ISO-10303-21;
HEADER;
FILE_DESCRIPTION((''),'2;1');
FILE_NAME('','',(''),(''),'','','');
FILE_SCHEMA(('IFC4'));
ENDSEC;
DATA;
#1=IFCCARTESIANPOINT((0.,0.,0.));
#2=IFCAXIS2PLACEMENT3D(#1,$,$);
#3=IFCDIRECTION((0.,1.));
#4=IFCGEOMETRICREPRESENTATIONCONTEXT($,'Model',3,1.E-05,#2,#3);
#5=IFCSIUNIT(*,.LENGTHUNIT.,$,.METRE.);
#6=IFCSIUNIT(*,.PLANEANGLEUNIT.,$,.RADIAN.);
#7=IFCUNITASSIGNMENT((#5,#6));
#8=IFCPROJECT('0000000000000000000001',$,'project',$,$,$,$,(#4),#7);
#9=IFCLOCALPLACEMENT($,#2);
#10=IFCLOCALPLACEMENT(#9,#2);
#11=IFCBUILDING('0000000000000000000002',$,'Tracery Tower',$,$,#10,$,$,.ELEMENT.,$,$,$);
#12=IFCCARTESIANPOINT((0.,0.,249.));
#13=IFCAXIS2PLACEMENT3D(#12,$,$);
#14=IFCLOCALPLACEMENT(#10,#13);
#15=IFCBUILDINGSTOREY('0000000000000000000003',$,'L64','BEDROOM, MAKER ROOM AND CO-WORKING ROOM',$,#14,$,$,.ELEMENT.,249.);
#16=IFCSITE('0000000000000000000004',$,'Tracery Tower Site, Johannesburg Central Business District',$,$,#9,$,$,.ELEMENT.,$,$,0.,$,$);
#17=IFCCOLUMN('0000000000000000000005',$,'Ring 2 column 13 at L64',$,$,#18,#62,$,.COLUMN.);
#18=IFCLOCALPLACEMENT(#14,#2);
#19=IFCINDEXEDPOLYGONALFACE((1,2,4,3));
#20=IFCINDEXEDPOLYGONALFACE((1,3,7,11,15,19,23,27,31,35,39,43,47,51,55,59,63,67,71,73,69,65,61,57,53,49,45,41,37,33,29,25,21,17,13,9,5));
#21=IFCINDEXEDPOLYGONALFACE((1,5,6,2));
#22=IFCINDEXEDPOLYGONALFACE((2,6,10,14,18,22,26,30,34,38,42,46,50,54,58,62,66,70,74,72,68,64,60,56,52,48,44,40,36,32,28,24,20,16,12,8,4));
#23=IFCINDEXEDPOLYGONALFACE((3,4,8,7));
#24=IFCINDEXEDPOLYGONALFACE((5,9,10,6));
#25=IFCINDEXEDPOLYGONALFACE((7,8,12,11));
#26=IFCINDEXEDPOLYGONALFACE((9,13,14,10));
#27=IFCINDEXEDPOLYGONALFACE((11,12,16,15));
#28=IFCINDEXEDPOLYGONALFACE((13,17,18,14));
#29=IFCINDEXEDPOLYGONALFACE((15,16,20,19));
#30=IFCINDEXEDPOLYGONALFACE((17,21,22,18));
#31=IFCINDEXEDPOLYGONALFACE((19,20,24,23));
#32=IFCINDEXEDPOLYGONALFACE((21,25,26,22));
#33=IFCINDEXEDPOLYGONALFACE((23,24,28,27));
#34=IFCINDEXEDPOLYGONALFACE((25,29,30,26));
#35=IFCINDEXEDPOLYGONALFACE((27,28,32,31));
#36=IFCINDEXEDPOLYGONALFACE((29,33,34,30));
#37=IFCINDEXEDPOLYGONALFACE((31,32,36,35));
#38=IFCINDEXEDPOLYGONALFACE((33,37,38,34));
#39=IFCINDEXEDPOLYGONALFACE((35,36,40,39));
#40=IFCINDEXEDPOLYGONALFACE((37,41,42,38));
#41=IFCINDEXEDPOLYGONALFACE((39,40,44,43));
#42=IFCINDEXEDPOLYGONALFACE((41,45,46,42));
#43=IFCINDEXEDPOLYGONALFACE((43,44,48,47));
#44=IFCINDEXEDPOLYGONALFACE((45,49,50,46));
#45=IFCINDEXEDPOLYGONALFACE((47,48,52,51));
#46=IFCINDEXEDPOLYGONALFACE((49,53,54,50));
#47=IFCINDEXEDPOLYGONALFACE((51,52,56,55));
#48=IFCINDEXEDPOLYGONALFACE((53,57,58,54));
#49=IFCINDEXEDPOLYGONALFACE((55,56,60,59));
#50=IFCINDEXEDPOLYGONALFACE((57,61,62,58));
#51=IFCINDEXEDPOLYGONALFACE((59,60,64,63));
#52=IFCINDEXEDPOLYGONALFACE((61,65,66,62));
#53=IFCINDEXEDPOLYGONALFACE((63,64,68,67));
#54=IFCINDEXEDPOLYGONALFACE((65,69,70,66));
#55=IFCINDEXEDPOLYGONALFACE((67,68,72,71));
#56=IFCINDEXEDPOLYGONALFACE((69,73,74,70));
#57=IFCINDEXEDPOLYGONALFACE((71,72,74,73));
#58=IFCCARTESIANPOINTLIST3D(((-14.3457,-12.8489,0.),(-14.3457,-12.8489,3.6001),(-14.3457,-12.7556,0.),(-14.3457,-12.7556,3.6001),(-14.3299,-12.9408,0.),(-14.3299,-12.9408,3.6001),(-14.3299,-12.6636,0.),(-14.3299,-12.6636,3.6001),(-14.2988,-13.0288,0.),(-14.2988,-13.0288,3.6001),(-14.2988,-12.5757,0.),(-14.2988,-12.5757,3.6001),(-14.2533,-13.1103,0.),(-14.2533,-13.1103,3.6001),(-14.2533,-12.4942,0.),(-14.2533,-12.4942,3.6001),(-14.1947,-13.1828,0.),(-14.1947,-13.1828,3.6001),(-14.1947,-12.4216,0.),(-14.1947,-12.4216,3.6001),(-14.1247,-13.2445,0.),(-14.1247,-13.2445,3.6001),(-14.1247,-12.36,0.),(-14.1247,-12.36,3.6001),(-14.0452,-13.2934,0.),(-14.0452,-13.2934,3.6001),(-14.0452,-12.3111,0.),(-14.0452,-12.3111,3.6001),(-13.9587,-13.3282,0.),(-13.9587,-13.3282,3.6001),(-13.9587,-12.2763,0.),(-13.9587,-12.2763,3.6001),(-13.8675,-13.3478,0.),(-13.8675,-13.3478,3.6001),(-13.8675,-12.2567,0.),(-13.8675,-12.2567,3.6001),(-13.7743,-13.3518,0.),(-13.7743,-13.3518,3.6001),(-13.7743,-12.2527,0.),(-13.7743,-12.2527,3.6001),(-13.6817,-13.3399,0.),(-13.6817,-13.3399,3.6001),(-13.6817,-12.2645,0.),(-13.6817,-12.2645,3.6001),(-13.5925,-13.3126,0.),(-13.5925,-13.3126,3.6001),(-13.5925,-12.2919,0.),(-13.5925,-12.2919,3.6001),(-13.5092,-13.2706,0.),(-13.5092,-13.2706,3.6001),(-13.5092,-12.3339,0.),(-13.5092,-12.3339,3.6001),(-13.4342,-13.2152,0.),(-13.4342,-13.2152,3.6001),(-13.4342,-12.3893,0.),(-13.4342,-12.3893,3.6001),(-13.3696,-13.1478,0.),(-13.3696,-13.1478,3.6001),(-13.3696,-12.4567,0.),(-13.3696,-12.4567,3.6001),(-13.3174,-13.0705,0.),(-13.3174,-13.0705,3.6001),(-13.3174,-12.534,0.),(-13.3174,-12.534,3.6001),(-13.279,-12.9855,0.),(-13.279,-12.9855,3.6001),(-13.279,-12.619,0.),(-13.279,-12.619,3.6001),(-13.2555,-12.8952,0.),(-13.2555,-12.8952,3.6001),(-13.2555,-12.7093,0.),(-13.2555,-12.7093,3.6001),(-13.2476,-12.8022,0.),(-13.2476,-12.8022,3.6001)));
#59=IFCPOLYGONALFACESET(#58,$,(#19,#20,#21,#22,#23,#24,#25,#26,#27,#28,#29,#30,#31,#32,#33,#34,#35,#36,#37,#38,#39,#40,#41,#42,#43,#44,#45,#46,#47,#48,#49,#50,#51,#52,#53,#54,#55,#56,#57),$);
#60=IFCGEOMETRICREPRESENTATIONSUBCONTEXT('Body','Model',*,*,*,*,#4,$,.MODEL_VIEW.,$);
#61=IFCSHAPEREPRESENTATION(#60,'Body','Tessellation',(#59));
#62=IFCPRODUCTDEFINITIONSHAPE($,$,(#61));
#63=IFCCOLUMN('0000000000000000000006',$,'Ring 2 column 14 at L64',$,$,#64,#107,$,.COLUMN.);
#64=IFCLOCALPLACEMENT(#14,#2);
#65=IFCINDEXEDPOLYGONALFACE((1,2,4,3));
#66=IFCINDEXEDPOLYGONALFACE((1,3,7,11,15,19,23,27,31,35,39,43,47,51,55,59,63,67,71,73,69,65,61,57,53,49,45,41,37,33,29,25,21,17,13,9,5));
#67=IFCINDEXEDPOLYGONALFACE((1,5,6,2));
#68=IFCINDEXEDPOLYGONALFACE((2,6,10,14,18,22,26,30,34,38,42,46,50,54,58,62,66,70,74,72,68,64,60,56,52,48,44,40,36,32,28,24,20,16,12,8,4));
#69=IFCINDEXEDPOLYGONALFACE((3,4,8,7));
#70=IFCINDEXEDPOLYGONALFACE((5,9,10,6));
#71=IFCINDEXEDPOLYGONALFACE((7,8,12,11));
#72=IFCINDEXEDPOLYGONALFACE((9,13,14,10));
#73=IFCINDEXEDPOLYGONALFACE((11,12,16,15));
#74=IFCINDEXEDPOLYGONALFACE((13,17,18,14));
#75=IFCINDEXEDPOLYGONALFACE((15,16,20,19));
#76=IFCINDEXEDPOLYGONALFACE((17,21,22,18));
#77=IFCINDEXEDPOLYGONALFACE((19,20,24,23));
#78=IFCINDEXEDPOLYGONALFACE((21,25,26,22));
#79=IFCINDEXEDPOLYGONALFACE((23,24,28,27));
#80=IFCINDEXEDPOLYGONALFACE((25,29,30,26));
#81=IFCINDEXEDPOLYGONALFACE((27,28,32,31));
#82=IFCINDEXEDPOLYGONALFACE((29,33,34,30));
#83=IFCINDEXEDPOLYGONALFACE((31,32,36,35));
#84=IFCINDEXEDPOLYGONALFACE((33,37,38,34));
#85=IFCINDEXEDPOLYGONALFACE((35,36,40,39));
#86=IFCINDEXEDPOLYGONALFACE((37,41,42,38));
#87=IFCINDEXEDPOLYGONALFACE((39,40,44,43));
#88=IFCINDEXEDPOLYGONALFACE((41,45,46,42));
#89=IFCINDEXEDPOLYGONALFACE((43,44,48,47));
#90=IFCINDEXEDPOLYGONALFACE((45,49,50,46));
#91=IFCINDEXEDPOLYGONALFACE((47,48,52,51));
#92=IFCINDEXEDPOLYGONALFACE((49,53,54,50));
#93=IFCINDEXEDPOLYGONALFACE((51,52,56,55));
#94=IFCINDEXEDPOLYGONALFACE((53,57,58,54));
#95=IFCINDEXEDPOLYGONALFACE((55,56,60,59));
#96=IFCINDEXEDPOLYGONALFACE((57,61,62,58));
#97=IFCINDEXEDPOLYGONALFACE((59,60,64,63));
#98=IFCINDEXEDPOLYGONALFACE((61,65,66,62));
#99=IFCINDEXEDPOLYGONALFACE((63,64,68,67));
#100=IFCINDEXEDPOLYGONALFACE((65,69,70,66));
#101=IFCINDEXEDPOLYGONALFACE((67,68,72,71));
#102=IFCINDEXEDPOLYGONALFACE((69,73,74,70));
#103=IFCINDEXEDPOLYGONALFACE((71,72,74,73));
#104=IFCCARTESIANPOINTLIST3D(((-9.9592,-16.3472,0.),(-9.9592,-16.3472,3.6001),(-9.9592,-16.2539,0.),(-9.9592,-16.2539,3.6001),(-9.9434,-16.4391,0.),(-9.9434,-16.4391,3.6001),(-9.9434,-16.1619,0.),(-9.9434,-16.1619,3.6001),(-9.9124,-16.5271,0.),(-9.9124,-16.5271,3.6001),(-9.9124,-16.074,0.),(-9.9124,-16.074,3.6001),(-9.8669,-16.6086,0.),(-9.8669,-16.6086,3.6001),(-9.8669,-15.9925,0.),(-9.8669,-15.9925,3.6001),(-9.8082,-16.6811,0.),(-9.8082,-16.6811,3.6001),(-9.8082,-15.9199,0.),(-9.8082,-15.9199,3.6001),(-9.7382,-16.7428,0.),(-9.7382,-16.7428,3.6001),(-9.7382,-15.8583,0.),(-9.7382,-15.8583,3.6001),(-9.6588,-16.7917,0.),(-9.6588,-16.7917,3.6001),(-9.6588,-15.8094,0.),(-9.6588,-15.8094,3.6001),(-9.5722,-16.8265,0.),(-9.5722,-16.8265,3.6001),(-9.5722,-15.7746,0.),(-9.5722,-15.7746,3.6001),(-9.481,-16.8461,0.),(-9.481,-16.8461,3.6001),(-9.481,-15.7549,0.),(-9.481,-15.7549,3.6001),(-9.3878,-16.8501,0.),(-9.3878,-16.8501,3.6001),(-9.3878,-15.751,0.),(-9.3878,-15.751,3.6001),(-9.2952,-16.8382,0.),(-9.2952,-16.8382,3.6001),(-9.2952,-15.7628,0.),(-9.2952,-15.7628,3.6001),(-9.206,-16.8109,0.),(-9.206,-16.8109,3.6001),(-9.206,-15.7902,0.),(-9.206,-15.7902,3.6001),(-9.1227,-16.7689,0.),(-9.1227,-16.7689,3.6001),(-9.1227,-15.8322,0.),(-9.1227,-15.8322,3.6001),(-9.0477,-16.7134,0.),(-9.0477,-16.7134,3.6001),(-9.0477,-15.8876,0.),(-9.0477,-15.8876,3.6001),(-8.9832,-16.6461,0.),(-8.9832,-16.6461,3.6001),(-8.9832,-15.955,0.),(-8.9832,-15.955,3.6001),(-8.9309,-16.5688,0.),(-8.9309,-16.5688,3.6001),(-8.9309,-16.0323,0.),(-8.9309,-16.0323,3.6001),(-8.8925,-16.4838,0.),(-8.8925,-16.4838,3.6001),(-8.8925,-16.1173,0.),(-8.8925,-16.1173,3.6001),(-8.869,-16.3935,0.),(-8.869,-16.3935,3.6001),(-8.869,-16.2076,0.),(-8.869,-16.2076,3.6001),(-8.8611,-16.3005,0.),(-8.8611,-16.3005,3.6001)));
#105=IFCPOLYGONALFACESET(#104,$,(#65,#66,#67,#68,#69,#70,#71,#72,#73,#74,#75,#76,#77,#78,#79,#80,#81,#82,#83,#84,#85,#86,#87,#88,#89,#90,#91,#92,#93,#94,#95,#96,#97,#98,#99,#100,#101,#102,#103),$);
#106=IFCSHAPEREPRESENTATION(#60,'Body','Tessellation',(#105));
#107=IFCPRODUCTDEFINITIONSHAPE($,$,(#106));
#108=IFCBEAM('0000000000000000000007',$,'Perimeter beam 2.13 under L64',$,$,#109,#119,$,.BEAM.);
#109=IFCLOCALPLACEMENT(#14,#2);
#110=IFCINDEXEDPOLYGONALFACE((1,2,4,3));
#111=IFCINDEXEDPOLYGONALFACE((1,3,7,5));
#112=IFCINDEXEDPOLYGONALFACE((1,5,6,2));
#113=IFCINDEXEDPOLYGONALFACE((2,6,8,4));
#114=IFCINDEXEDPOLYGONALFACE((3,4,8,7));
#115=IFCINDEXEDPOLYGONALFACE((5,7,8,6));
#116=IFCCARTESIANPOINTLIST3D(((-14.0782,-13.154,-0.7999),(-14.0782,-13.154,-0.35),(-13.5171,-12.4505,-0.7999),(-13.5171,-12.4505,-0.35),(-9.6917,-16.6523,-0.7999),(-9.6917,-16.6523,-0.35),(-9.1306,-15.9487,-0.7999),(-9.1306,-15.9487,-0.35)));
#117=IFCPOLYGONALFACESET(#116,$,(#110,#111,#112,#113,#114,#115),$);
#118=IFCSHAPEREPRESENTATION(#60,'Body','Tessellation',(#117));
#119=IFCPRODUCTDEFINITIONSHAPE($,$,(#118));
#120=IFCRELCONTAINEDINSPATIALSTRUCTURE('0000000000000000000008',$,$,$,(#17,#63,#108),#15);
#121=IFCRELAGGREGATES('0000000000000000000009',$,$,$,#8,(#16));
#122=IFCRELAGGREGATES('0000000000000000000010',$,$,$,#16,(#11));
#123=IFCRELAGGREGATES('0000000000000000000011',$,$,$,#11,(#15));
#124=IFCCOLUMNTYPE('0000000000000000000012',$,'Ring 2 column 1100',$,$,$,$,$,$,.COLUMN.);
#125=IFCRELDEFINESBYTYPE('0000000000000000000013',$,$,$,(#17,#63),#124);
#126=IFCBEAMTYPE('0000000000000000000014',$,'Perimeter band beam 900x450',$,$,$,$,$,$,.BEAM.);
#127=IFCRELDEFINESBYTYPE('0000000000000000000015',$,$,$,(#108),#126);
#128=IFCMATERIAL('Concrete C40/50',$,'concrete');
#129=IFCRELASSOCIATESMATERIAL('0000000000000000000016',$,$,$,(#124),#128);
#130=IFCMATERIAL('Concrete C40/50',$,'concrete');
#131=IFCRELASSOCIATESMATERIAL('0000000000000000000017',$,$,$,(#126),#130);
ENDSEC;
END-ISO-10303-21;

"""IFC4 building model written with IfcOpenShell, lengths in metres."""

from ifc_helpers import new_model, si_unit, direction, frame, origin, origin_2d, place, context, subcontext, project, spatial, rectangle, circle, extrude, material, material_profile, profile_set, type_object, element, save


model = new_model("IFC4")

# Units and contexts
model_context = context("Model", 3, precision=1e-05, world=origin(), true_north=direction((0.0, 1.0)))
body_context = subcontext(model_context, "Body", "Model", "MODEL_VIEW")
ifc_project = project(units=[si_unit("LENGTHUNIT", "METRE"), si_unit("PLANEANGLEUNIT", "RADIAN")], contexts=[model_context])

# Site, building, storey
site_placement = place(None, origin())
site = spatial("IfcSite", under=ifc_project, at=site_placement, Name="Tracery Tower Site, Johannesburg Central Business District", CompositionType="ELEMENT", RefElevation=0.0)
building_placement = place(site_placement, origin())
building = spatial("IfcBuilding", under=site, at=building_placement, Name="Tracery Tower", CompositionType="ELEMENT")
storey_placement = place(building_placement, frame((0.0, 0.0, 249.0)))
storey = spatial("IfcBuildingStorey", under=building, at=storey_placement, Name="L64", Description="BEDROOM, MAKER ROOM AND CO-WORKING ROOM", CompositionType="ELEMENT", Elevation=249.0)

# Columns
ifc_material_1 = material(Name="Concrete C40/50", Category="concrete")
ifc_material_profile_1 = material_profile(ifc_material_1, circle(Radius=0.55, at=origin_2d()), Name="RC D1100")
ifc_profile_set_1 = profile_set([ifc_material_profile_1], Name="Concrete C40/50")
column_type = type_object("IfcColumnType", Name="Ring 2 column 1100", PredefinedType="COLUMN", material=ifc_profile_set_1)
for number, where, z_axis, x_axis, name in (
    (1, (-13.7976, -12.8022, 0.0), (0.0, 0.0, 1.0), (1.0, 0.0, 0.0), "Ring 2 column 13 at L64"),
    (2, (-9.4111, -16.3005, 0.0), (0.0, 0.0, 1.0), (1.0, 0.0, 0.0), "Ring 2 column 14 at L64"),
):
    element("IfcColumn", number, at=place(storey_placement, frame(where, z_axis=z_axis, x_axis=x_axis)), inside=storey, type_object=column_type, Name=name, PredefinedType="COLUMN", context=body_context, shape_type="SweptSolid", body=[
        extrude(circle(Radius=0.55, at=origin_2d()), origin(), (0.0, 0.0, 1.0), 3.6001),
    ])

# Beam
ifc_material_2 = material(Name="Concrete C40/50", Category="concrete")
ifc_material_profile_2 = material_profile(ifc_material_2, rectangle(XDim=0.8999, YDim=0.45, at=origin_2d()), Name="RC 900x450")
ifc_profile_set_2 = profile_set([ifc_material_profile_2], Name="Concrete C40/50")
beam_type = type_object("IfcBeamType", Name="Perimeter band beam 900x450", PredefinedType="BEAM", material=ifc_profile_set_2)
beam_placement = place(storey_placement, frame((-13.7976, -12.8022, -0.575), z_axis=(0.781815, -0.623511, 0.0), x_axis=(0.623511, 0.781815, 0.0)))
element("IfcBeam", 3, at=beam_placement, inside=storey, type_object=beam_type, Name="Perimeter beam 2.13 under L64", PredefinedType="BEAM", context=body_context, shape_type="SweptSolid", body=[
    extrude(rectangle(XDim=0.8999, YDim=0.45, at=origin_2d()), origin(), (0.0, 0.0, 1.0), 5.6106),
])

save(model, "model.ifc")
